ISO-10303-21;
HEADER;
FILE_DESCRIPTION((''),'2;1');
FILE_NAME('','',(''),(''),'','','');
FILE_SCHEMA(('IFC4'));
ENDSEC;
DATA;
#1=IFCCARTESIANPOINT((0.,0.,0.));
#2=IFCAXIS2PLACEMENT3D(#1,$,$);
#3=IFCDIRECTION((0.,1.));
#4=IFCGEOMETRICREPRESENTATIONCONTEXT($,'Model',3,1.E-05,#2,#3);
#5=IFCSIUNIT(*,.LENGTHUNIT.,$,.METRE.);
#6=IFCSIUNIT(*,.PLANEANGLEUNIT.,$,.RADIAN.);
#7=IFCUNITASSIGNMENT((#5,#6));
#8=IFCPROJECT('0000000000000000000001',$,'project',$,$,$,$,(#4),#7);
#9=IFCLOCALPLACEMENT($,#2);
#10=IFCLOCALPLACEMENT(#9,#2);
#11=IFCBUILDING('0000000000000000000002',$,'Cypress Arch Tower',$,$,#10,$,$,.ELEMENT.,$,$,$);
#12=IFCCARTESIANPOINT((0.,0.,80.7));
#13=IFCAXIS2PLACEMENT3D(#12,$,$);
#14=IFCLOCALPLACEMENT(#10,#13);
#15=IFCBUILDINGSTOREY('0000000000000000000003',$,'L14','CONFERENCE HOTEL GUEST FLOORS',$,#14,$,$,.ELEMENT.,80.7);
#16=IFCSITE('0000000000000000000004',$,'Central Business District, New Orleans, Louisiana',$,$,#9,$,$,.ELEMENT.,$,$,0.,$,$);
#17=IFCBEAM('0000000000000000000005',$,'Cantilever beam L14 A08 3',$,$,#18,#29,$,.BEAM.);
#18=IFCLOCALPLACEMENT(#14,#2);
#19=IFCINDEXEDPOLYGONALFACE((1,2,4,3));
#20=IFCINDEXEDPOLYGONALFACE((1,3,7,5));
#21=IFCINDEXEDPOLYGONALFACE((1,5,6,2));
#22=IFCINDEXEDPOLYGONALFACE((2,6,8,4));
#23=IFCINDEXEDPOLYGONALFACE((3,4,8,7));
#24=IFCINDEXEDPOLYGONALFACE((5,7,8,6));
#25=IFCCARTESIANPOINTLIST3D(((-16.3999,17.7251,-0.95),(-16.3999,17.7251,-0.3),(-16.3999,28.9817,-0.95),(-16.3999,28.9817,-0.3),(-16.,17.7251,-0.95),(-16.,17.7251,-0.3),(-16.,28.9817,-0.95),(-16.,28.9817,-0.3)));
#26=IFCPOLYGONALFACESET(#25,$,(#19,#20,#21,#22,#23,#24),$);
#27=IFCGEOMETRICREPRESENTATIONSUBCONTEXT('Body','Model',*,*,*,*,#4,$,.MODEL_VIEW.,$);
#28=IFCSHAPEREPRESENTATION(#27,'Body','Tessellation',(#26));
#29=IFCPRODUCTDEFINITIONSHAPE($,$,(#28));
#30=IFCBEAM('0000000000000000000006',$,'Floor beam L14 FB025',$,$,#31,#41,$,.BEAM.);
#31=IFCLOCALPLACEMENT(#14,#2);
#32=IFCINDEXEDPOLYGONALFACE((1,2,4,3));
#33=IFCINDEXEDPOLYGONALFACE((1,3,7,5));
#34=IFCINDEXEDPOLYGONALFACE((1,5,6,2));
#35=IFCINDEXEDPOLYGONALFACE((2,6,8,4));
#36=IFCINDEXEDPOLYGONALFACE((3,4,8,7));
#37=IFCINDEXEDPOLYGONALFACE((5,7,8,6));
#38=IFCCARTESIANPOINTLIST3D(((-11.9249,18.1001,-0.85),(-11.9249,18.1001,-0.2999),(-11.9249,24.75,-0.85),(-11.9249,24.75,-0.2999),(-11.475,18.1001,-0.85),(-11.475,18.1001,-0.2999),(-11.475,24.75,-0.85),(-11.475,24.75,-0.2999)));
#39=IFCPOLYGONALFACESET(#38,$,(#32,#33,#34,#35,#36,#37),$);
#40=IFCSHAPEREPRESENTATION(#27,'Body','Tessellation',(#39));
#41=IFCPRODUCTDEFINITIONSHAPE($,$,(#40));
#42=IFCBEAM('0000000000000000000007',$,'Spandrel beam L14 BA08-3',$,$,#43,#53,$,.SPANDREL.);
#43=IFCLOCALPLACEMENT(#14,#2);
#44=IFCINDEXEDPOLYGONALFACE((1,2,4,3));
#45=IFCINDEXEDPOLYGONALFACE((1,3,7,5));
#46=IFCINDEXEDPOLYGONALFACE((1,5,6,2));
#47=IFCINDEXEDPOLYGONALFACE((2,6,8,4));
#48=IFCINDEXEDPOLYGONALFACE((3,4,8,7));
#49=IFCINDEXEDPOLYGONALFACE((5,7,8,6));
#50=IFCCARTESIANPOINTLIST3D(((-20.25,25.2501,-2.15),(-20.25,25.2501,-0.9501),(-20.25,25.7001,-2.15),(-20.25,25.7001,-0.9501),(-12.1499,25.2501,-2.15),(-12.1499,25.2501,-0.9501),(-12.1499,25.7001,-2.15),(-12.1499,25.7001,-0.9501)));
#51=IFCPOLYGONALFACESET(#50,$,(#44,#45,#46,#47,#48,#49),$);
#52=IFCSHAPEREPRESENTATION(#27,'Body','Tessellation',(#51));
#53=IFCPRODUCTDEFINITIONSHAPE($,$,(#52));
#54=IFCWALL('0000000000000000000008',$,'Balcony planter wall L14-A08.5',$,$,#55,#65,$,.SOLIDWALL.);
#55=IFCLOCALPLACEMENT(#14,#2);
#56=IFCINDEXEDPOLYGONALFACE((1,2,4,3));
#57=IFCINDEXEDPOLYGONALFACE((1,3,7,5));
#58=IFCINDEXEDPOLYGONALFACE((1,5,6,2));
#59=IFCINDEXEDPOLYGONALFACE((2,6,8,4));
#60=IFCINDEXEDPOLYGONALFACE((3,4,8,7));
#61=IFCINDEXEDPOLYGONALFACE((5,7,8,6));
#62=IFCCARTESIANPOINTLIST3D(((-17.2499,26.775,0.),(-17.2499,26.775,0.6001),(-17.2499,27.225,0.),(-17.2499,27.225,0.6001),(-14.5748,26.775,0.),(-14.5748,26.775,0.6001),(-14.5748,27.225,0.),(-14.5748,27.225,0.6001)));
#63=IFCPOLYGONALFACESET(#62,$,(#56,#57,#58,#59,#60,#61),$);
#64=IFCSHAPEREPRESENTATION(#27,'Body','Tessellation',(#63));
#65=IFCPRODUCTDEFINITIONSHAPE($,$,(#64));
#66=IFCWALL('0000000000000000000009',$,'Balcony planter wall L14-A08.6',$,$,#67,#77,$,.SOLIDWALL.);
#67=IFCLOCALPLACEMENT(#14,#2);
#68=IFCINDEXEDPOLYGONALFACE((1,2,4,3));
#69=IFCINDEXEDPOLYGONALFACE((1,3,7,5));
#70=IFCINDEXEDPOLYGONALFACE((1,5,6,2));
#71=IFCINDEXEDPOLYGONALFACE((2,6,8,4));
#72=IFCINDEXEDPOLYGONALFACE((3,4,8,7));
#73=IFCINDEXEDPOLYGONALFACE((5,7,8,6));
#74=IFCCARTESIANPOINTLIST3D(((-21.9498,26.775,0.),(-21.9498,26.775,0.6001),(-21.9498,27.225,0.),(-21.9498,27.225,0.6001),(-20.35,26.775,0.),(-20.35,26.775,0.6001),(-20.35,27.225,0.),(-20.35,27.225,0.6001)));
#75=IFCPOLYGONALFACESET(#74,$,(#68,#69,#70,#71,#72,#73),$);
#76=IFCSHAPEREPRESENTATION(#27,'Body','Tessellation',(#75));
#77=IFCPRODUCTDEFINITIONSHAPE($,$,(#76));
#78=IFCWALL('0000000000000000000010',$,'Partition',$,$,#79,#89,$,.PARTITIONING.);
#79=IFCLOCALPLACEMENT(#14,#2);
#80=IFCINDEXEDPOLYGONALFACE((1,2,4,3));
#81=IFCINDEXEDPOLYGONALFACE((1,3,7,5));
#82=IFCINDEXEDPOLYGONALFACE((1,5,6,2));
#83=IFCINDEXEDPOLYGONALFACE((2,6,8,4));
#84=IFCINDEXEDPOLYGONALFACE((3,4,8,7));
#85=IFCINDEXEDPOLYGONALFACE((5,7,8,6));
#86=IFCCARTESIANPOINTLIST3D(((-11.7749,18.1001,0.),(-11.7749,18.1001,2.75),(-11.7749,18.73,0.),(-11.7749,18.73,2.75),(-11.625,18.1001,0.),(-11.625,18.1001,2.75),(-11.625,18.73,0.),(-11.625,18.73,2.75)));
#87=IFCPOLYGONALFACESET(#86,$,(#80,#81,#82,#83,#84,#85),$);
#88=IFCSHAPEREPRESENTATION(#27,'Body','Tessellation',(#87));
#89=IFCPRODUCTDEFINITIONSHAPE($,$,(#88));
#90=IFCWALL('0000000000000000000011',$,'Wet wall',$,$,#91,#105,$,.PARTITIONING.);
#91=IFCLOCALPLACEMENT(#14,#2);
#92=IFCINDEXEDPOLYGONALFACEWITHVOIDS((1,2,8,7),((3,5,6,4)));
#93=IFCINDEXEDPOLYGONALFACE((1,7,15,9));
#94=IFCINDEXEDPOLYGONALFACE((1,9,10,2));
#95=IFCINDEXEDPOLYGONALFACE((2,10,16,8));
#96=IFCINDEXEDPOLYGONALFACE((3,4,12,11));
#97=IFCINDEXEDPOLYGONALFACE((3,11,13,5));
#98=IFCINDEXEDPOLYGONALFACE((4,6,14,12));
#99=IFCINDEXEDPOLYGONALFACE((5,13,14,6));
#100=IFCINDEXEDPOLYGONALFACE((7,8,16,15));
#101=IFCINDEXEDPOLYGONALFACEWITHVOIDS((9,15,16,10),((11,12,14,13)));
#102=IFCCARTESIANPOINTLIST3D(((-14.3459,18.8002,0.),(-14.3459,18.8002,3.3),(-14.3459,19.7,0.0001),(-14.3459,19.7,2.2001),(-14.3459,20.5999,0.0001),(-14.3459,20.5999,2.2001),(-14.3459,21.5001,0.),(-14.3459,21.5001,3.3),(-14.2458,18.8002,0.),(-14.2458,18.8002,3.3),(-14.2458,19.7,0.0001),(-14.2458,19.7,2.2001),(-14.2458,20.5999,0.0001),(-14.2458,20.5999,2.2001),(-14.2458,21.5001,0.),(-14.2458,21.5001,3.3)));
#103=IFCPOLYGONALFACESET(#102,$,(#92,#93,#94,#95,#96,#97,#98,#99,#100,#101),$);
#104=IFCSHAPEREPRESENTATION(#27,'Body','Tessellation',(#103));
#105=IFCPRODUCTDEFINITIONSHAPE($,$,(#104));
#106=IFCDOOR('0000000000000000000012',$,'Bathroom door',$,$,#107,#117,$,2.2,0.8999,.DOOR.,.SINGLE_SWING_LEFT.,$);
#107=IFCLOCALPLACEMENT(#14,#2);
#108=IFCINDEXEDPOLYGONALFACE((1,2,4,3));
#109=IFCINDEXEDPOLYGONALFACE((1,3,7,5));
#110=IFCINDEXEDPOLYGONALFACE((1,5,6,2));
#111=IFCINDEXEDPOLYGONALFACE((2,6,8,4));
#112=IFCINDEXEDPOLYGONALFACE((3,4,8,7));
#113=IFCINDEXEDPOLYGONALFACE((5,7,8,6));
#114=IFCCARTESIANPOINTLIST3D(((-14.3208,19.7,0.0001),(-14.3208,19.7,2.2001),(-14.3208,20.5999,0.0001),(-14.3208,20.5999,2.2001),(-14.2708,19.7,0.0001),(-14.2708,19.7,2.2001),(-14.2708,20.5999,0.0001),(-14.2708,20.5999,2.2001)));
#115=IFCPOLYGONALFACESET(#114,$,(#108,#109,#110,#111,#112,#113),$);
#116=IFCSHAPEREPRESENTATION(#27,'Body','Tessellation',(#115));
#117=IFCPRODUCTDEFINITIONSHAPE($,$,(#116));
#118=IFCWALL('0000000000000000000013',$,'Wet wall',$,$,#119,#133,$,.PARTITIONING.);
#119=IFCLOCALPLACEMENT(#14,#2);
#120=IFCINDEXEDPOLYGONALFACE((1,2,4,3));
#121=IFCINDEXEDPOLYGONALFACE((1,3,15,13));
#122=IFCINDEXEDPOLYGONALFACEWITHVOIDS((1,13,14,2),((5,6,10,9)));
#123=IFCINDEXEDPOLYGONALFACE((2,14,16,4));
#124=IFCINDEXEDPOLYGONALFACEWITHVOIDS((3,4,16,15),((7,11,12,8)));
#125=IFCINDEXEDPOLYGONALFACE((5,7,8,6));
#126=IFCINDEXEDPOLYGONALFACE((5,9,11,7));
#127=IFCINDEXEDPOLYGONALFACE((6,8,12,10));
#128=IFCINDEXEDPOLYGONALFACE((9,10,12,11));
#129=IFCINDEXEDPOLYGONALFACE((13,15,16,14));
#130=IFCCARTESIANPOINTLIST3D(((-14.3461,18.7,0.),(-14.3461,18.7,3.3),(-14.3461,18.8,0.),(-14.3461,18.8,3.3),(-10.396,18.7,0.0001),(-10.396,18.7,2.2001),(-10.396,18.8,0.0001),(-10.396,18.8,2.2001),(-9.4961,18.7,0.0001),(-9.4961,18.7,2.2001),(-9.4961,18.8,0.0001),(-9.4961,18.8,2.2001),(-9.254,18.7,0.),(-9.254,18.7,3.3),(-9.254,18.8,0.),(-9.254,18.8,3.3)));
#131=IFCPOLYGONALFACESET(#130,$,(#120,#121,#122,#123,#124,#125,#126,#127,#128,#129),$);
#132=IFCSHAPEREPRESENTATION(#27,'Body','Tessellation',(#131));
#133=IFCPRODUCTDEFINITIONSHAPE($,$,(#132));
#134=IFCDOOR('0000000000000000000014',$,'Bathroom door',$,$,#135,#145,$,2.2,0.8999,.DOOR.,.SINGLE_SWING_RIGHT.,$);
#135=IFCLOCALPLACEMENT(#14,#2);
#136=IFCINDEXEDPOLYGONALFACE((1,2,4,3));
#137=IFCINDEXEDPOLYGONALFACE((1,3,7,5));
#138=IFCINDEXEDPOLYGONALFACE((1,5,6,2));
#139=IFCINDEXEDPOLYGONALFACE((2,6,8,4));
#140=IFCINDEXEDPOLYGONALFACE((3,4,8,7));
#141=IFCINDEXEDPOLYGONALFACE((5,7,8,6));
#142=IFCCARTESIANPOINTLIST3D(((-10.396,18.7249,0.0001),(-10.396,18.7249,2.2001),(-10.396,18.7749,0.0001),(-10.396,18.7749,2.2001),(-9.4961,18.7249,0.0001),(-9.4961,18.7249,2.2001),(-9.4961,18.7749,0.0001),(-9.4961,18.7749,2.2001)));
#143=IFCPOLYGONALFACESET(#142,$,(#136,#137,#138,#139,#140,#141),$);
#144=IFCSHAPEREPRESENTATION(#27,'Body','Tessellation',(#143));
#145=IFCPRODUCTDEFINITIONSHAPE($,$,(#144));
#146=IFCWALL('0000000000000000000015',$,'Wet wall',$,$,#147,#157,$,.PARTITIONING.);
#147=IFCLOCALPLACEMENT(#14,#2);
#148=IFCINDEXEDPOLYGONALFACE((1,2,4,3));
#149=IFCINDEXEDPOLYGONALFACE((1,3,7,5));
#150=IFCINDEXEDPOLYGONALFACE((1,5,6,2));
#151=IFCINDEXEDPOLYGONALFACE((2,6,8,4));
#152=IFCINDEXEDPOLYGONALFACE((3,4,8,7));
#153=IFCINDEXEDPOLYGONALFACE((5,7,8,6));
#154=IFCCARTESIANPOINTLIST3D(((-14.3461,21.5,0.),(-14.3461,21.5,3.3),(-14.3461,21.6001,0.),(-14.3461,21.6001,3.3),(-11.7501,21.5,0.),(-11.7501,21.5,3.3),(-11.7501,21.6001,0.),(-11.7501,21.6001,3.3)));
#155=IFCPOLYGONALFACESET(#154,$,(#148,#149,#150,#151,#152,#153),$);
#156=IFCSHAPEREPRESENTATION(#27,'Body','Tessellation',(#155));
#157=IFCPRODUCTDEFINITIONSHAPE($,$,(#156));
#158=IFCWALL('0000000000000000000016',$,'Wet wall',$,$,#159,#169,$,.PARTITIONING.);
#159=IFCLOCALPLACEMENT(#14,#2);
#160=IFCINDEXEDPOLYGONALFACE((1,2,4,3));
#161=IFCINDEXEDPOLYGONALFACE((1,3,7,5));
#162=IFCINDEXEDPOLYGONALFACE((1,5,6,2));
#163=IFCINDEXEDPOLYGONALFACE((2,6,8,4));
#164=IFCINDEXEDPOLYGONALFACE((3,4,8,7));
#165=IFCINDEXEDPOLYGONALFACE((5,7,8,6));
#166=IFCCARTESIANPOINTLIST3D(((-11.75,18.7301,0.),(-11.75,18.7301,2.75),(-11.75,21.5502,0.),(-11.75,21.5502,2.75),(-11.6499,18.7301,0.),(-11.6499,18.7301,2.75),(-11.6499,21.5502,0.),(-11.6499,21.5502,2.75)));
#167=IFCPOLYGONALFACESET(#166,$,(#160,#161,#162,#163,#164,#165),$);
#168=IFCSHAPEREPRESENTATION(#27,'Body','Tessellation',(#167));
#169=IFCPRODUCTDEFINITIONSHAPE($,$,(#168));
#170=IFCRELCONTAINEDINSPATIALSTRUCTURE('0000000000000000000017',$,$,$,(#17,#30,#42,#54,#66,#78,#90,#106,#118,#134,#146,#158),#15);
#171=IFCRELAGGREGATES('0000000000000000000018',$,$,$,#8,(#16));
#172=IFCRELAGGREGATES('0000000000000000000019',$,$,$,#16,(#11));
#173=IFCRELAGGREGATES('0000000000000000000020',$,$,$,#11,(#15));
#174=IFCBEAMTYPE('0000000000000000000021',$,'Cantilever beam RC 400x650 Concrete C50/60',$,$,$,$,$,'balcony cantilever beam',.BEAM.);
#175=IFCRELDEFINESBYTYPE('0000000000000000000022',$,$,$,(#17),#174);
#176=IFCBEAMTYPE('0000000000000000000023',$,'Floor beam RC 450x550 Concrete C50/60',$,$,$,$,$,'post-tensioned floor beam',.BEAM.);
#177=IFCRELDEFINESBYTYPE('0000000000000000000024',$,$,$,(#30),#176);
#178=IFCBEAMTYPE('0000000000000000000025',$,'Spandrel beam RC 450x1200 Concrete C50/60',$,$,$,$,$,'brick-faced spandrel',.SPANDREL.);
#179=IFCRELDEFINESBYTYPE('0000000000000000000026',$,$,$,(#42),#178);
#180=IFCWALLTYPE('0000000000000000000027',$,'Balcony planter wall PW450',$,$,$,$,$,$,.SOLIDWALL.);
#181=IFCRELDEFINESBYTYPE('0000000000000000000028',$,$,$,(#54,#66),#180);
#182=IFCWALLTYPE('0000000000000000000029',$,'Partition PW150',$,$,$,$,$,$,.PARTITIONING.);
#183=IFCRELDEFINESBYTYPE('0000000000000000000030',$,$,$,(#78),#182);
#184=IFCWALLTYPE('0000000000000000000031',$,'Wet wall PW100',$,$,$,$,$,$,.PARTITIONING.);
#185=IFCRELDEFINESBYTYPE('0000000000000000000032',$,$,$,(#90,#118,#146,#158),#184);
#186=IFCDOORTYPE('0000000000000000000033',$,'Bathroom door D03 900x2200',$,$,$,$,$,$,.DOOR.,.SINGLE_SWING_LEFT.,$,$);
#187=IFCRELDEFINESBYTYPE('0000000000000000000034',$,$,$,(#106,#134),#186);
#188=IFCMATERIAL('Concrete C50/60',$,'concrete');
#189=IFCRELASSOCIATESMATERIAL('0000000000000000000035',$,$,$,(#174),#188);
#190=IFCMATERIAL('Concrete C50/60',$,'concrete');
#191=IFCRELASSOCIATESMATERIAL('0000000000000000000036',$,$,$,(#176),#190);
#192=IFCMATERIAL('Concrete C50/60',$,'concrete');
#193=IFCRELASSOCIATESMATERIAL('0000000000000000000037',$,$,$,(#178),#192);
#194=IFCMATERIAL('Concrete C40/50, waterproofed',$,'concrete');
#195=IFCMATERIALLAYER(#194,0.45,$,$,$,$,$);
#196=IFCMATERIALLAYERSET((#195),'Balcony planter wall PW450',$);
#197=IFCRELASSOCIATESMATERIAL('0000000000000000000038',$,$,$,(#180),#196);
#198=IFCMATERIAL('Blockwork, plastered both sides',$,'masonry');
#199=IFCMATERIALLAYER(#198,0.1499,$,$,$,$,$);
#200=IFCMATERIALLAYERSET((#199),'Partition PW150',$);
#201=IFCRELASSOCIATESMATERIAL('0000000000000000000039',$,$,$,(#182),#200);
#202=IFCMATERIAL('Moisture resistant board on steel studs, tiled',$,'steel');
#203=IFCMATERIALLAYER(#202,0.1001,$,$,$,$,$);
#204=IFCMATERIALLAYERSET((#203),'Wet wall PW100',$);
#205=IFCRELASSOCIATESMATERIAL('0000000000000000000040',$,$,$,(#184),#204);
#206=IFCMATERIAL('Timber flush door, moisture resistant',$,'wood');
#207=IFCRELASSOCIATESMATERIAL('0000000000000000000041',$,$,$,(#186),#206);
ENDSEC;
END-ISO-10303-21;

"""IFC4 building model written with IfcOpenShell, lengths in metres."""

from ifc_helpers import new_model, si_unit, direction, frame, frame_2d, origin, origin_2d, place, context, subcontext, project, spatial, rectangle, extrude, material, layer, layer_set, material_profile, profile_set, type_object, element, fill, save


model = new_model("IFC4")

# Units and contexts
model_context = context("Model", 3, precision=1e-05, world=origin(), true_north=direction((0.0, 1.0)))
body_context = subcontext(model_context, "Body", "Model", "MODEL_VIEW")
ifc_project = project(units=[si_unit("LENGTHUNIT", "METRE"), si_unit("PLANEANGLEUNIT", "RADIAN")], contexts=[model_context])

# Site, building, storey
site_placement = place(None, origin())
site = spatial("IfcSite", under=ifc_project, at=site_placement, Name="Central Business District, New Orleans, Louisiana", CompositionType="ELEMENT", RefElevation=0.0)
building_placement = place(site_placement, origin())
building = spatial("IfcBuilding", under=site, at=building_placement, Name="Cypress Arch Tower", CompositionType="ELEMENT")
storey_placement = place(building_placement, frame((0.0, 0.0, 80.7)))
storey = spatial("IfcBuildingStorey", under=building, at=storey_placement, Name="L14", Description="CONFERENCE HOTEL GUEST FLOORS", CompositionType="ELEMENT", Elevation=80.7)

# Beams
ifc_material_1 = material(Name="Concrete C50/60", Category="concrete")
ifc_material_profile_1 = material_profile(ifc_material_1, rectangle(XDim=0.3999, YDim=0.6499, at=origin_2d()), Name="RC 400x650")
ifc_profile_set_1 = profile_set([ifc_material_profile_1], Name="Concrete C50/60")
beam_type_1 = type_object("IfcBeamType", Name="Cantilever beam RC 400x650 Concrete C50/60", ElementType="balcony cantilever beam", PredefinedType="BEAM", material=ifc_profile_set_1)
beam_1_placement = place(storey_placement, frame((-16.2, 17.7251, -0.625), z_axis=(0.0, 1.0, 0.0), x_axis=(-1.0, 0.0, 0.0)))
element("IfcBeam", 1, at=beam_1_placement, inside=storey, type_object=beam_type_1, Name="Cantilever beam L14 A08 3", PredefinedType="BEAM", context=body_context, shape_type="SweptSolid", body=[
    extrude(rectangle(XDim=0.3999, YDim=0.6499, at=origin_2d()), origin(), (0.0, 0.0, 1.0), 11.2566),
])
ifc_material_2 = material(Name="Concrete C50/60", Category="concrete")
ifc_material_profile_2 = material_profile(ifc_material_2, rectangle(XDim=0.45, YDim=0.55, at=origin_2d()), Name="RC 450x550")
ifc_profile_set_2 = profile_set([ifc_material_profile_2], Name="Concrete C50/60")
beam_type_2 = type_object("IfcBeamType", Name="Floor beam RC 450x550 Concrete C50/60", ElementType="post-tensioned floor beam", PredefinedType="BEAM", material=ifc_profile_set_2)
beam_2_placement = place(storey_placement, frame((-11.7, 18.1001, -0.575), z_axis=(0.0, 1.0, 0.0), x_axis=(-1.0, 0.0, 0.0)))
element("IfcBeam", 2, at=beam_2_placement, inside=storey, type_object=beam_type_2, Name="Floor beam L14 FB025", PredefinedType="BEAM", context=body_context, shape_type="SweptSolid", body=[
    extrude(rectangle(XDim=0.45, YDim=0.55, at=origin_2d()), origin(), (0.0, 0.0, 1.0), 6.6499),
])
ifc_material_3 = material(Name="Concrete C50/60", Category="concrete")
ifc_material_profile_3 = material_profile(ifc_material_3, rectangle(XDim=0.45, YDim=1.2, at=origin_2d()), Name="RC 450x1200")
ifc_profile_set_3 = profile_set([ifc_material_profile_3], Name="Concrete C50/60")
beam_type_3 = type_object("IfcBeamType", Name="Spandrel beam RC 450x1200 Concrete C50/60", ElementType="brick-faced spandrel", PredefinedType="SPANDREL", material=ifc_profile_set_3)
beam_3_placement = place(storey_placement, frame((-12.1499, 25.4751, -1.55), z_axis=(-1.0, 0.0, 0.0), x_axis=(0.0, -1.0, 0.0)))
element("IfcBeam", 3, at=beam_3_placement, inside=storey, type_object=beam_type_3, Name="Spandrel beam L14 BA08-3", PredefinedType="SPANDREL", context=body_context, shape_type="SweptSolid", body=[
    extrude(rectangle(XDim=0.45, YDim=1.2, at=origin_2d()), origin(), (0.0, 0.0, 1.0), 8.1001),
])

# Walls
ifc_material_4 = material(Name="Concrete C40/50, waterproofed", Category="concrete")
ifc_layer_1 = layer(ifc_material_4, 0.45)
ifc_layer_set_1 = layer_set([ifc_layer_1], Name="Balcony planter wall PW450")
wall_type_1 = type_object("IfcWallType", Name="Balcony planter wall PW450", PredefinedType="SOLIDWALL", material=ifc_layer_set_1)
wall_1_placement = place(storey_placement, frame((-14.575, 27.0, 0.0), z_axis=(0.0, 0.0, 1.0), x_axis=(-1.0, 0.0, 0.0)))
element("IfcWall", 4, at=wall_1_placement, inside=storey, type_object=wall_type_1, Name="Balcony planter wall L14-A08.5", PredefinedType="SOLIDWALL", context=body_context, shape_type="SweptSolid", body=[
    extrude(rectangle(XDim=2.675, YDim=0.45, at=frame_2d((1.3374, 0.0))), origin(), (0.0, 0.0, 1.0), 0.6001),
])
wall_2_placement = place(storey_placement, frame((-20.3501, 27.0, 0.0), z_axis=(0.0, 0.0, 1.0), x_axis=(-1.0, 0.0, 0.0)))
element("IfcWall", 5, at=wall_2_placement, inside=storey, type_object=wall_type_1, Name="Balcony planter wall L14-A08.6", PredefinedType="SOLIDWALL", context=body_context, shape_type="SweptSolid", body=[
    extrude(rectangle(XDim=1.5999, YDim=0.45, at=frame_2d((0.7998, 0.0))), origin(), (0.0, 0.0, 1.0), 0.6001),
])

# Wall
ifc_material_5 = material(Name="Blockwork, plastered both sides", Category="masonry")
ifc_layer_2 = layer(ifc_material_5, 0.1499)
ifc_layer_set_2 = layer_set([ifc_layer_2], Name="Partition PW150")
wall_type_2 = type_object("IfcWallType", Name="Partition PW150", PredefinedType="PARTITIONING", material=ifc_layer_set_2)
wall_3_placement = place(storey_placement, frame((-11.7, 18.1001, 0.0), z_axis=(0.0, 0.0, 1.0), x_axis=(0.0, 1.0, 0.0)))
element("IfcWall", 6, at=wall_3_placement, inside=storey, type_object=wall_type_2, Name="Partition", PredefinedType="PARTITIONING", context=body_context, shape_type="SweptSolid", body=[
    extrude(rectangle(XDim=0.6299, YDim=0.1499, at=frame_2d((0.3149, 0.0))), origin(), (0.0, 0.0, 1.0), 2.75),
])

# Walls, openings, doors
ifc_material_6 = material(Name="Moisture resistant board on steel studs, tiled", Category="steel")
ifc_layer_3 = layer(ifc_material_6, 0.1001)
ifc_layer_set_3 = layer_set([ifc_layer_3], Name="Wet wall PW100")
wall_type_3 = type_object("IfcWallType", Name="Wet wall PW100", PredefinedType="PARTITIONING", material=ifc_layer_set_3)
wall_4_placement = place(storey_placement, frame((-14.2959, 18.8, 0.0), z_axis=(0.0, 0.0, 1.0), x_axis=(0.0, 1.0, 0.0)))
wall_4 = element("IfcWall", 7, at=wall_4_placement, inside=storey, type_object=wall_type_3, Name="Wet wall", PredefinedType="PARTITIONING", context=body_context, shape_type="SweptSolid", body=[
    extrude(rectangle(XDim=2.7, YDim=0.1001, at=frame_2d((1.3501, 0.0))), origin(), (0.0, 0.0, 1.0), 3.3),
])
opening_1_placement = place(wall_4_placement, frame((0.8999, 0.0, 0.0)))
opening_1 = element("IfcOpeningElement", 8, at=opening_1_placement, cuts=wall_4, PredefinedType="OPENING", context=body_context, shape_type="SweptSolid", body=[
    extrude(rectangle(XDim=0.8999, YDim=2.2, at=frame_2d((0.45, 1.1001))), frame((0.0, 0.0601, 0.0), z_axis=(0.0, -1.0, 0.0), x_axis=(1.0, 0.0, 0.0)), (0.0, 0.0, 1.0), 0.1201),
])
ifc_material_7 = material(Name="Timber flush door, moisture resistant", Category="wood")
door_type_1 = type_object("IfcDoorType", Name="Bathroom door D03 900x2200", OperationType="SINGLE_SWING_LEFT", PredefinedType="DOOR", material=ifc_material_7)
door_1_placement = place(opening_1_placement, origin())
door_1 = element("IfcDoor", 9, at=door_1_placement, inside=storey, type_object=door_type_1, Name="Bathroom door", OperationType="SINGLE_SWING_LEFT", OverallHeight=2.2, OverallWidth=0.8999, PredefinedType="DOOR", context=body_context, shape_type="SweptSolid", body=[
    extrude(rectangle(XDim=0.8999, YDim=2.2, at=frame_2d((0.45, 1.1001))), frame((0.0, 0.0249, 0.0), z_axis=(0.0, -1.0, 0.0), x_axis=(1.0, 0.0, 0.0)), (0.0, 0.0, 1.0), 0.05),
])
fill(opening_1, door_1)
wall_5_placement = place(storey_placement, frame((-14.3459, 18.75, 0.0), z_axis=(0.0, 0.0, 1.0), x_axis=(1.0, 0.0, 0.0)))
wall_5 = element("IfcWall", 10, at=wall_5_placement, inside=storey, type_object=wall_type_3, Name="Wet wall", PredefinedType="PARTITIONING", context=body_context, shape_type="SweptSolid", body=[
    extrude(rectangle(XDim=5.092, YDim=0.1001, at=frame_2d((2.5459, 0.0))), origin(), (0.0, 0.0, 1.0), 3.3),
])
opening_2_placement = place(wall_5_placement, frame((3.95, 0.0, 0.0)))
opening_2 = element("IfcOpeningElement", 11, at=opening_2_placement, cuts=wall_5, PredefinedType="OPENING", context=body_context, shape_type="SweptSolid", body=[
    extrude(rectangle(XDim=0.8999, YDim=2.2, at=frame_2d((0.45, 1.1001))), frame((0.0, 0.0601, 0.0), z_axis=(0.0, -1.0, 0.0), x_axis=(1.0, 0.0, 0.0)), (0.0, 0.0, 1.0), 0.1201),
])
door_2_placement = place(opening_2_placement, origin())
door_2 = element("IfcDoor", 12, at=door_2_placement, inside=storey, type_object=door_type_1, Name="Bathroom door", OperationType="SINGLE_SWING_RIGHT", OverallHeight=2.2, OverallWidth=0.8999, PredefinedType="DOOR", context=body_context, shape_type="SweptSolid", body=[
    extrude(rectangle(XDim=0.8999, YDim=2.2, at=frame_2d((0.45, 1.1001))), frame((0.0, 0.0249, 0.0), z_axis=(0.0, -1.0, 0.0), x_axis=(1.0, 0.0, 0.0)), (0.0, 0.0, 1.0), 0.05),
])
fill(opening_2, door_2)

# Walls
wall_6_placement = place(storey_placement, frame((-14.3459, 21.55, 0.0), z_axis=(0.0, 0.0, 1.0), x_axis=(1.0, 0.0, 0.0)))
element("IfcWall", 13, at=wall_6_placement, inside=storey, type_object=wall_type_3, Name="Wet wall", PredefinedType="PARTITIONING", context=body_context, shape_type="SweptSolid", body=[
    extrude(rectangle(XDim=2.5959, YDim=0.1001, at=frame_2d((1.2979, 0.0))), origin(), (0.0, 0.0, 1.0), 3.3),
])
wall_7_placement = place(storey_placement, frame((-11.7, 18.73, 0.0), z_axis=(0.0, 0.0, 1.0), x_axis=(0.0, 1.0, 0.0)))
element("IfcWall", 14, at=wall_7_placement, inside=storey, type_object=wall_type_3, Name="Wet wall", PredefinedType="PARTITIONING", context=body_context, shape_type="SweptSolid", body=[
    extrude(rectangle(XDim=2.8201, YDim=0.1001, at=frame_2d((1.4102, 0.0))), origin(), (0.0, 0.0, 1.0), 2.75),
])

save(model, "model.ifc")
